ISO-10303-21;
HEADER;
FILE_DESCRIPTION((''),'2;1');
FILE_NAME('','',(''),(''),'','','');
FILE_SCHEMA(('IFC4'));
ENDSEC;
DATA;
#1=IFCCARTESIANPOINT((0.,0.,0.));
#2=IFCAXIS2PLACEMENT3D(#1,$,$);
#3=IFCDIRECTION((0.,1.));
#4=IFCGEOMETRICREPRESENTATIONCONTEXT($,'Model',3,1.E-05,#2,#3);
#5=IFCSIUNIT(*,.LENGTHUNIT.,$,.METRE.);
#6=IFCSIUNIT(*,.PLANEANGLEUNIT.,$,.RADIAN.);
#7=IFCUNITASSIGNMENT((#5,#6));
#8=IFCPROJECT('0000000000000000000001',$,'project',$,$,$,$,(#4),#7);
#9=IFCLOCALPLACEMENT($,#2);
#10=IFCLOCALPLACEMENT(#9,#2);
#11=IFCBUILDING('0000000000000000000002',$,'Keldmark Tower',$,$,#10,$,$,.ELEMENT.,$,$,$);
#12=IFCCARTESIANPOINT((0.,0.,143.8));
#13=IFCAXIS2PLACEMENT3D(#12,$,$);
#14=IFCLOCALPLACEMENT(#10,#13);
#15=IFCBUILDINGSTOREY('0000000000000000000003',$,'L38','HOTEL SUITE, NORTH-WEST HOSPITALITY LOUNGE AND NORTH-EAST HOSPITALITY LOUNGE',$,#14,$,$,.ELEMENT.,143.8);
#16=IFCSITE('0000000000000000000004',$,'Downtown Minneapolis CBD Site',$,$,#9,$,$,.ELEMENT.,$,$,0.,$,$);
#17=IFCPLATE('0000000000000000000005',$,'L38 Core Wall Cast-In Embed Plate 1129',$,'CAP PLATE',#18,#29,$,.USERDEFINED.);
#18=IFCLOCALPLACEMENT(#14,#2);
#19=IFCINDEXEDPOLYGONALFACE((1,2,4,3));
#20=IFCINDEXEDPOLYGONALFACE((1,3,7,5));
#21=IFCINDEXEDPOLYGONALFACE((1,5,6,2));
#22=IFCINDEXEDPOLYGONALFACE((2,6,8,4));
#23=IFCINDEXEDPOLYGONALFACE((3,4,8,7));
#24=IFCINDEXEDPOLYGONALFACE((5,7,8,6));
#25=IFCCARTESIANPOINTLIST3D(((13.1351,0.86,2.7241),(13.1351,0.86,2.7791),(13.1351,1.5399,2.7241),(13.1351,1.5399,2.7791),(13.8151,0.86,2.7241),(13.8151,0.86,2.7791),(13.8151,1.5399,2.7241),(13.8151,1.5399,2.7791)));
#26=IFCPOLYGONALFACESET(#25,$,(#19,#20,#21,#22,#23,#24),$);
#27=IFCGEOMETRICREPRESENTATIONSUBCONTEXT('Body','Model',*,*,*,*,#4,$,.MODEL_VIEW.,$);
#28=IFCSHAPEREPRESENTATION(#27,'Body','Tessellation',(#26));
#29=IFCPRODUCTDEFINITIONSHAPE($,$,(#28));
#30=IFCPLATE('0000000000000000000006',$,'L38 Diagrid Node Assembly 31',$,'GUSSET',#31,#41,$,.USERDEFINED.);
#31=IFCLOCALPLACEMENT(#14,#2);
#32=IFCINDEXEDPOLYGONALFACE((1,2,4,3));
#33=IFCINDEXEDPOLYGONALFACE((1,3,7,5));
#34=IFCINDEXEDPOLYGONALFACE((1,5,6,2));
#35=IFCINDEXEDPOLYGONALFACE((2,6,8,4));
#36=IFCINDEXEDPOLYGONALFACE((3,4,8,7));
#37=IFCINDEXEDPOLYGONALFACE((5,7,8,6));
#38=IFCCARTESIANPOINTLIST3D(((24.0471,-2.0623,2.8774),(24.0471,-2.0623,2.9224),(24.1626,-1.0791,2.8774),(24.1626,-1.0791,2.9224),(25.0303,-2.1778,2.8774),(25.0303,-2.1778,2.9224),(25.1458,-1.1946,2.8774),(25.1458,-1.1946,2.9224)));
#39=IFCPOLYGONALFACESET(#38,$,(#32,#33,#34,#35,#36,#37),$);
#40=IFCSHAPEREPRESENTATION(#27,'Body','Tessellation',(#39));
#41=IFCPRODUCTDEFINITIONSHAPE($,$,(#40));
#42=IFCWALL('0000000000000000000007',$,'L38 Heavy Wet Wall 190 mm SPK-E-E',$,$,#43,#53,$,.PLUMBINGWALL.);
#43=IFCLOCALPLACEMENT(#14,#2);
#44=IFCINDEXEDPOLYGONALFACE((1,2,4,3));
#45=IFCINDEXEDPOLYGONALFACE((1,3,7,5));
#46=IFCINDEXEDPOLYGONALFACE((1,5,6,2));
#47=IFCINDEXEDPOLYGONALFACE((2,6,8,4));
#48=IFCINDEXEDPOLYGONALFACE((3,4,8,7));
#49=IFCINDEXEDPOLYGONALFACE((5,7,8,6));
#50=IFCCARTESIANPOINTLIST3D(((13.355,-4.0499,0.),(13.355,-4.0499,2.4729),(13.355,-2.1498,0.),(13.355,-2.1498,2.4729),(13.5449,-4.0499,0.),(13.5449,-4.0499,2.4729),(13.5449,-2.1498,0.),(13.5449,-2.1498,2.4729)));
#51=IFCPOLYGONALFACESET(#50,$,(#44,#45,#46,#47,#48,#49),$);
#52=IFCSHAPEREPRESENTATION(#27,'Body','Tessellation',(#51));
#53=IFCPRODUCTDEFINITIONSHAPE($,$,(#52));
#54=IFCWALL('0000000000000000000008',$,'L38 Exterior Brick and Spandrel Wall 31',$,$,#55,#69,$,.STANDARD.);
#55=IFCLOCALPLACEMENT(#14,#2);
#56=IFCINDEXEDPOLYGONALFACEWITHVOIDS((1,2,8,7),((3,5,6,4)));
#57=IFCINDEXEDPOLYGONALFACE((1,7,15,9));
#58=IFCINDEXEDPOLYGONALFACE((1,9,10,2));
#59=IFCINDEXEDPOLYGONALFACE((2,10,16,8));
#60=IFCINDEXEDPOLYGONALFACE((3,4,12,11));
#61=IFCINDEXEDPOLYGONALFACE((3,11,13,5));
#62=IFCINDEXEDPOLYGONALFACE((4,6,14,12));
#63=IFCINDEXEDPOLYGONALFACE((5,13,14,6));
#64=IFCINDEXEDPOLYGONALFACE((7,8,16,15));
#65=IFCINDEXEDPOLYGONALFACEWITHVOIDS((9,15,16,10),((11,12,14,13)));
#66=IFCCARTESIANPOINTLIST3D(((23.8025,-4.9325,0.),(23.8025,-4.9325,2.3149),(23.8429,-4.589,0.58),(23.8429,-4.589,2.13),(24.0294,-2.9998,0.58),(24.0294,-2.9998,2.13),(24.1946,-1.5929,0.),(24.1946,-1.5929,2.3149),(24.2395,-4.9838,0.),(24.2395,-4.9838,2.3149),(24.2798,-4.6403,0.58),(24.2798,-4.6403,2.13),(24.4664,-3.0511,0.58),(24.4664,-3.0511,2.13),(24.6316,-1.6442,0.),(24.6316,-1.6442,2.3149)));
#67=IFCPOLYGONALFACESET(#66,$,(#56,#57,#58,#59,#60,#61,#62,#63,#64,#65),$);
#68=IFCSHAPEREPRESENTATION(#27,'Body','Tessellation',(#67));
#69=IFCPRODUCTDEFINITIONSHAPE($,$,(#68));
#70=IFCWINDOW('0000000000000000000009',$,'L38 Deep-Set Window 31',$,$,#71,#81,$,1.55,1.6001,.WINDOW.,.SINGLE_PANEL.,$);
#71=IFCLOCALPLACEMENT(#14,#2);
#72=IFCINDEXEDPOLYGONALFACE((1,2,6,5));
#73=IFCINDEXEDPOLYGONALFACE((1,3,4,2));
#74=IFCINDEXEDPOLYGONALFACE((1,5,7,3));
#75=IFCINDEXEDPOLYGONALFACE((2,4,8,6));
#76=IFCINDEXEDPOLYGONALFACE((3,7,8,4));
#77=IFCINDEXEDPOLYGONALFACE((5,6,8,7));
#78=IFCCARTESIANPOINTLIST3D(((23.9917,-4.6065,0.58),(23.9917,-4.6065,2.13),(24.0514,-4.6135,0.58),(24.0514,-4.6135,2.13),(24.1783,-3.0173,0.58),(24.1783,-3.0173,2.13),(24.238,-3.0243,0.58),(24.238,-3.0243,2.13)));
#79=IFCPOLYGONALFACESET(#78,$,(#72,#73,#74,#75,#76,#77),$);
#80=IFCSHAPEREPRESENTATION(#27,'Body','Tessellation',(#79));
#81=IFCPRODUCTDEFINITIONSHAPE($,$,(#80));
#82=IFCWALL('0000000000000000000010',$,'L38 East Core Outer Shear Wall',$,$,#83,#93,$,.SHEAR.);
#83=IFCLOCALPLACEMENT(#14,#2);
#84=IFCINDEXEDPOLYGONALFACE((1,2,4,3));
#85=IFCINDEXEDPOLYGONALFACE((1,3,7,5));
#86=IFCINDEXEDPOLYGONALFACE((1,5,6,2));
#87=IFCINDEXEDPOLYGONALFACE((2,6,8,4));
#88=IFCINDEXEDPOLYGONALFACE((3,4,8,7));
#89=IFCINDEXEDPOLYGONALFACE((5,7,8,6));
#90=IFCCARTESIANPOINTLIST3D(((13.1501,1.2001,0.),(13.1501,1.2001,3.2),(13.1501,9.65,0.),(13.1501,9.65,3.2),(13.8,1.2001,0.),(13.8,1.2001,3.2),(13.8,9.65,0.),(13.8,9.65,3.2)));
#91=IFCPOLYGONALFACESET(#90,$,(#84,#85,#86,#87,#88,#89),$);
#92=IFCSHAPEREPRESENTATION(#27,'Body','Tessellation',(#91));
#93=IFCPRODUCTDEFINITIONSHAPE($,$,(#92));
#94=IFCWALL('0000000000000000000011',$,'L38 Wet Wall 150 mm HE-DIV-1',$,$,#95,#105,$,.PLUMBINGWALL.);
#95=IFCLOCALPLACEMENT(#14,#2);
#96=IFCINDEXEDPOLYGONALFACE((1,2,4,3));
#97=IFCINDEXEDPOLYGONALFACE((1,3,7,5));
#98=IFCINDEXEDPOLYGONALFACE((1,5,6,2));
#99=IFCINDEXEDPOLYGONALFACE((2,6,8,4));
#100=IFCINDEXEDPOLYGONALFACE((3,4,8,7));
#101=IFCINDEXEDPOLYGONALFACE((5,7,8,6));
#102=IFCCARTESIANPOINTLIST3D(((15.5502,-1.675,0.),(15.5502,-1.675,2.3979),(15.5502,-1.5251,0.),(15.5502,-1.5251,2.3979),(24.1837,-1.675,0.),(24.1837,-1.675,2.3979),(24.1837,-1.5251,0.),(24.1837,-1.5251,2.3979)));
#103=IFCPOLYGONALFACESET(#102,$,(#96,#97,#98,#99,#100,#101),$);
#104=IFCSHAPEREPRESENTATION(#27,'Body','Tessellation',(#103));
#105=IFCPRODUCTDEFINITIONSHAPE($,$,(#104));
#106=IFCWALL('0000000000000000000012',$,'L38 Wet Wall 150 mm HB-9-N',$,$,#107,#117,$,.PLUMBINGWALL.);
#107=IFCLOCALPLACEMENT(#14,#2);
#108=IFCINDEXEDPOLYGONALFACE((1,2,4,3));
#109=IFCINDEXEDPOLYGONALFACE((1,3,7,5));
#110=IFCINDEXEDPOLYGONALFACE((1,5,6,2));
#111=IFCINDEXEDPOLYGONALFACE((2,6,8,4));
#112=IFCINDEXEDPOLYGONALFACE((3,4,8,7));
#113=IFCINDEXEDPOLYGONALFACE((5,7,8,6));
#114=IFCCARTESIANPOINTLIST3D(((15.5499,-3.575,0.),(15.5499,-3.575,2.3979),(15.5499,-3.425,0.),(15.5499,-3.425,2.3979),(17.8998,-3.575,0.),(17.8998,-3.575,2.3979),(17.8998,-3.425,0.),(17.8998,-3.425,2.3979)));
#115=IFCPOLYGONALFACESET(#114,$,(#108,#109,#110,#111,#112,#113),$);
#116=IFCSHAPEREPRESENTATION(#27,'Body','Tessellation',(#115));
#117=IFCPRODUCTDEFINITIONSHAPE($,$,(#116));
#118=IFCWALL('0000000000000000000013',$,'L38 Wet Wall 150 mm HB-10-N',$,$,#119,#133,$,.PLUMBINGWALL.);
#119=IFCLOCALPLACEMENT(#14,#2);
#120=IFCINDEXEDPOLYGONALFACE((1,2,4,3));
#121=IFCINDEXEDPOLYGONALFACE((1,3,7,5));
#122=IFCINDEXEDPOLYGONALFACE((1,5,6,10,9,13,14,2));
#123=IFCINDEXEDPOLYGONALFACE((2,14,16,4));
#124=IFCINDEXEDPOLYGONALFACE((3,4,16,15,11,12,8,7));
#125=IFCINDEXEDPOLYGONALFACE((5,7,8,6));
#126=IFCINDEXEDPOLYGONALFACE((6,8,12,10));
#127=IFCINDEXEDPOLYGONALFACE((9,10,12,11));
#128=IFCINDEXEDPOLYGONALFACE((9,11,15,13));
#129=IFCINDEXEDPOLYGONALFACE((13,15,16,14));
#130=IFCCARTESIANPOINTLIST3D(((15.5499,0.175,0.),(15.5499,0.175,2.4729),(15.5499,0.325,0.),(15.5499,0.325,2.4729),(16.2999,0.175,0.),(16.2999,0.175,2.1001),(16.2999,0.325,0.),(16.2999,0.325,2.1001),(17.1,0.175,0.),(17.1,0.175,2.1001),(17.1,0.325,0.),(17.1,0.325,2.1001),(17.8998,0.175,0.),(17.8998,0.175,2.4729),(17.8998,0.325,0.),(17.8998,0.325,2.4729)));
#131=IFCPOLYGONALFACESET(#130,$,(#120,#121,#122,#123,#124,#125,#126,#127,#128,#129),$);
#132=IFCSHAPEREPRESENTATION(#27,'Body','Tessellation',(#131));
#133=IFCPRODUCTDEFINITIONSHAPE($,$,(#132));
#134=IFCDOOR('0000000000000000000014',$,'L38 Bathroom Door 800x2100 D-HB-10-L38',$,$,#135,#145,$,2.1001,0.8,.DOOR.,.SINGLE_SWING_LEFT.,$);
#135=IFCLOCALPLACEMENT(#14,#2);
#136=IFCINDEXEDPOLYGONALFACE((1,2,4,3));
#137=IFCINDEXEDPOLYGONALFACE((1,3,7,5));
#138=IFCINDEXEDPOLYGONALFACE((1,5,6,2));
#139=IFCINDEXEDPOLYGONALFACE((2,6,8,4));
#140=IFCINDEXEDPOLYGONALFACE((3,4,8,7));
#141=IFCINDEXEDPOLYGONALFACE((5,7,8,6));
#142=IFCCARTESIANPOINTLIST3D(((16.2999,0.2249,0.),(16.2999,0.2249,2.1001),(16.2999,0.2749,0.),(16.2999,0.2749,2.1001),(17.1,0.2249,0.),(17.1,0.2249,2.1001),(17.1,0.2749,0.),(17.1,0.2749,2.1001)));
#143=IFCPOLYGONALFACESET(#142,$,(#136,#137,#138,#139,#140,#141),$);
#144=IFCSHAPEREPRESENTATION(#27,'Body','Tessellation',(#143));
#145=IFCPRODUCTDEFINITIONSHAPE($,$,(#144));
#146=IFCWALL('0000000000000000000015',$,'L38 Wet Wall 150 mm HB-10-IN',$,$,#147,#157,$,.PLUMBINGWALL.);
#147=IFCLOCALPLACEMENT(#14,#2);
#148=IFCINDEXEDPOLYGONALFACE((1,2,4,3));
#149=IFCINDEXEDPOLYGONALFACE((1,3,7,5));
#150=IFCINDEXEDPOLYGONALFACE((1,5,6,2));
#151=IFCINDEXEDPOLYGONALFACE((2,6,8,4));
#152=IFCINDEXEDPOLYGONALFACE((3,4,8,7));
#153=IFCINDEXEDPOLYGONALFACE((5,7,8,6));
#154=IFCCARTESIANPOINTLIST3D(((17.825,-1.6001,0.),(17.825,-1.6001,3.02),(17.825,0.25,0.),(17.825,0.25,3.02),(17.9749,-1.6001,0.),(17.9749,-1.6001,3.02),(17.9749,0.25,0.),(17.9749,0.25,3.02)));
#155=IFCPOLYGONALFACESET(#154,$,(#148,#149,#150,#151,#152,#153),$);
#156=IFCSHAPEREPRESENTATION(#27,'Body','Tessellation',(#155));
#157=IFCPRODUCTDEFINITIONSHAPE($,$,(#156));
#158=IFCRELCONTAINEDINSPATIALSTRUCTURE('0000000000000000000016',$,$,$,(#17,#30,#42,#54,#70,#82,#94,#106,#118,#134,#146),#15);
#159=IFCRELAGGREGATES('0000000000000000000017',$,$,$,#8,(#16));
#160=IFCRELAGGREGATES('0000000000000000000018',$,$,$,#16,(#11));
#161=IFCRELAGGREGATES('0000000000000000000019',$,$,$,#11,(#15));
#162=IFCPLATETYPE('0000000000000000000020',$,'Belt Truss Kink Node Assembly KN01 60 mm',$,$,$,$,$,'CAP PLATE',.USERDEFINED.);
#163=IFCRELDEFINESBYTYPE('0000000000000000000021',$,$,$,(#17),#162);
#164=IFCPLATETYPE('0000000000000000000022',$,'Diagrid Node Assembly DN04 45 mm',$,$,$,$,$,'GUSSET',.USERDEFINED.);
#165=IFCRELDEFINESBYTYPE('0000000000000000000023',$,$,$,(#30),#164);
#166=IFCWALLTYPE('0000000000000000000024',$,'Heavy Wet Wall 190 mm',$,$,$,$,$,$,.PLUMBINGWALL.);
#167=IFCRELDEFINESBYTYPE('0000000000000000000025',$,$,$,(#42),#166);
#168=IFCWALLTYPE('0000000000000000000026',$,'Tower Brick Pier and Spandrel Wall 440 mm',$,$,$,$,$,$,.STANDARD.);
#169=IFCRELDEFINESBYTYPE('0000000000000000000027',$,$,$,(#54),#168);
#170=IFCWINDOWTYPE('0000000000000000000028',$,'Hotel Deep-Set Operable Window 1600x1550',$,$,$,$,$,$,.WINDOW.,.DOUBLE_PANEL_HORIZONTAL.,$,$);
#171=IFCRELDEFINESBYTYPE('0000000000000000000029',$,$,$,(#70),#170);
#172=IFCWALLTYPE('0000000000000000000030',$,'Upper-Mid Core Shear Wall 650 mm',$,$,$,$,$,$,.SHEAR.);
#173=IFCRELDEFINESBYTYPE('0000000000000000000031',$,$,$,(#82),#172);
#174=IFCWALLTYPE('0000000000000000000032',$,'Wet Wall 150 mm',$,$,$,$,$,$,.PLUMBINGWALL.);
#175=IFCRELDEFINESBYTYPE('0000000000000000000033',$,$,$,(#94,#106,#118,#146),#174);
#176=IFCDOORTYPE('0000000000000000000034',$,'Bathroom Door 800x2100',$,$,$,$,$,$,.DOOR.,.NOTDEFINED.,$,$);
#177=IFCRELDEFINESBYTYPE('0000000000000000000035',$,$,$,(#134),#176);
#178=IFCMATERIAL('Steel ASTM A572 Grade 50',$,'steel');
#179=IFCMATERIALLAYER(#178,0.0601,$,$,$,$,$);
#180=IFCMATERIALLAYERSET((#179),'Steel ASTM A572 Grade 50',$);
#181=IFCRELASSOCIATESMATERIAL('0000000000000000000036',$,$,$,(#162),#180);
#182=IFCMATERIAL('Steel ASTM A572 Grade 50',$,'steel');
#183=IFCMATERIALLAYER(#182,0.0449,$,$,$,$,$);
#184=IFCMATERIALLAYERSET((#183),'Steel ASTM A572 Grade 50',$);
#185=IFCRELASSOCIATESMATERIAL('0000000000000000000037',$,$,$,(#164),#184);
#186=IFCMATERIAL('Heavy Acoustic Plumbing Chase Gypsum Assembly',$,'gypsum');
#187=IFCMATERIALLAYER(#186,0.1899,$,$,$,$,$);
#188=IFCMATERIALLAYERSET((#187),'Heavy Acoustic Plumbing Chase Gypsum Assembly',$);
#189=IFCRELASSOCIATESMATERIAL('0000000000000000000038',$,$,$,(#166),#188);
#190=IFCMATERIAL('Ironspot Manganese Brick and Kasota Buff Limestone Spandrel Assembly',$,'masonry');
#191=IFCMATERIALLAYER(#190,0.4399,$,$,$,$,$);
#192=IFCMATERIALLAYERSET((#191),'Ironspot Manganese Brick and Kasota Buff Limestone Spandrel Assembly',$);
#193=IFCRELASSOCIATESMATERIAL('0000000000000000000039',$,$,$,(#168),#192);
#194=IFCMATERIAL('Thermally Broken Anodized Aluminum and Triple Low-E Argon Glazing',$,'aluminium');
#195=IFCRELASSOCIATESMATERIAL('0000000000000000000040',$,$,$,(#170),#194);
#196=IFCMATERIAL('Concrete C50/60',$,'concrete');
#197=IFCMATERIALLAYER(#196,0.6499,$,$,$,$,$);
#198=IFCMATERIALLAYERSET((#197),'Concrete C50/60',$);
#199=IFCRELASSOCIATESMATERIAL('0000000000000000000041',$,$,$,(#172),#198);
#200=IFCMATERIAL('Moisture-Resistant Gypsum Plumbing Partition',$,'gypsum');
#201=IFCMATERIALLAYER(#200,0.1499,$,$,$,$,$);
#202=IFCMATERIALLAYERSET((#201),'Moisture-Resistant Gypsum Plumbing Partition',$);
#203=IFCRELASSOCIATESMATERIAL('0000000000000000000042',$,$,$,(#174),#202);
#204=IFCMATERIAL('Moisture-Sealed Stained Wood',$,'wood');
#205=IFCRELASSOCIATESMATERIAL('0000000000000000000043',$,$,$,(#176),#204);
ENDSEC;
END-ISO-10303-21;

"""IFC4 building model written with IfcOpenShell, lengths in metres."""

from ifc_helpers import new_model, si_unit, direction, frame, frame_2d, origin, origin_2d, place, context, subcontext, project, spatial, rectangle, extrude, material, layer, layer_set, type_object, element, fill, save


model = new_model("IFC4")

# Units and contexts
model_context = context("Model", 3, precision=1e-05, world=origin(), true_north=direction((0.0, 1.0)))
body_context = subcontext(model_context, "Body", "Model", "MODEL_VIEW")
ifc_project = project(units=[si_unit("LENGTHUNIT", "METRE"), si_unit("PLANEANGLEUNIT", "RADIAN")], contexts=[model_context])

# Site, building, storey
site_placement = place(None, origin())
site = spatial("IfcSite", under=ifc_project, at=site_placement, Name="Downtown Minneapolis CBD Site", CompositionType="ELEMENT", RefElevation=0.0)
building_placement = place(site_placement, origin())
building = spatial("IfcBuilding", under=site, at=building_placement, Name="Keldmark Tower", CompositionType="ELEMENT")
storey_placement = place(building_placement, frame((0.0, 0.0, 143.8)))
storey = spatial("IfcBuildingStorey", under=building, at=storey_placement, Name="L38", Description="HOTEL SUITE, NORTH-WEST HOSPITALITY LOUNGE AND NORTH-EAST HOSPITALITY LOUNGE", CompositionType="ELEMENT", Elevation=143.8)

# Plates
ifc_material_1 = material(Name="Steel ASTM A572 Grade 50", Category="steel")
ifc_layer_1 = layer(ifc_material_1, 0.0601)
ifc_layer_set_1 = layer_set([ifc_layer_1], Name="Steel ASTM A572 Grade 50")
plate_type_1 = type_object("IfcPlateType", Name="Belt Truss Kink Node Assembly KN01 60 mm", ElementType="CAP PLATE", PredefinedType="USERDEFINED", material=ifc_layer_set_1)
for number, where, z_axis, x_axis, name in (
    (1, (13.4751, 1.2, 2.7241), (0.0, 0.0, 1.0), (1.0, 0.0, 0.0), "L38 Core Wall Cast-In Embed Plate 1129"),
):
    element("IfcPlate", number, at=place(storey_placement, frame(where, z_axis=z_axis, x_axis=x_axis)), inside=storey, type_object=plate_type_1, Name=name, ObjectType="CAP PLATE", PredefinedType="USERDEFINED", context=body_context, shape_type="SweptSolid", body=[
        extrude(rectangle(XDim=0.6799, YDim=0.6799, at=origin_2d()), origin(), (0.0, 0.0, 1.0), 0.0549),
    ])
ifc_material_2 = material(Name="Steel ASTM A572 Grade 50", Category="steel")
ifc_layer_2 = layer(ifc_material_2, 0.0449)
ifc_layer_set_2 = layer_set([ifc_layer_2], Name="Steel ASTM A572 Grade 50")
plate_type_2 = type_object("IfcPlateType", Name="Diagrid Node Assembly DN04 45 mm", ElementType="GUSSET", PredefinedType="USERDEFINED", material=ifc_layer_set_2)
plate_placement = place(storey_placement, frame((24.5964, -1.6284, 2.8774), z_axis=(0.0, 0.0, 1.0), x_axis=(0.116671, 0.993171, 0.0)))
element("IfcPlate", 2, at=plate_placement, inside=storey, type_object=plate_type_2, Name="L38 Diagrid Node Assembly 31", ObjectType="GUSSET", PredefinedType="USERDEFINED", context=body_context, shape_type="SweptSolid", body=[
    extrude(rectangle(XDim=0.99, YDim=0.99, at=origin_2d()), origin(), (0.0, 0.0, 1.0), 0.0449),
])

# Wall
ifc_material_3 = material(Name="Heavy Acoustic Plumbing Chase Gypsum Assembly", Category="gypsum")
ifc_layer_3 = layer(ifc_material_3, 0.1899)
ifc_layer_set_3 = layer_set([ifc_layer_3], Name="Heavy Acoustic Plumbing Chase Gypsum Assembly")
wall_type_1 = type_object("IfcWallType", Name="Heavy Wet Wall 190 mm", PredefinedType="PLUMBINGWALL", material=ifc_layer_set_3)
wall_1_placement = place(storey_placement, frame((13.45, -4.05, 0.0), z_axis=(0.0, 0.0, 1.0), x_axis=(0.0, 1.0, 0.0)))
element("IfcWall", 3, at=wall_1_placement, inside=storey, type_object=wall_type_1, Name="L38 Heavy Wet Wall 190 mm SPK-E-E", PredefinedType="PLUMBINGWALL", context=body_context, shape_type="SweptSolid", body=[
    extrude(rectangle(XDim=1.9001, YDim=0.1899, at=frame_2d((0.9502, 0.0))), origin(), (0.0, 0.0, 1.0), 2.4729),
])

# Wall, opening, window
ifc_material_4 = material(Name="Ironspot Manganese Brick and Kasota Buff Limestone Spandrel Assembly", Category="masonry")
ifc_layer_4 = layer(ifc_material_4, 0.4399)
ifc_layer_set_4 = layer_set([ifc_layer_4], Name="Ironspot Manganese Brick and Kasota Buff Limestone Spandrel Assembly")
wall_type_2 = type_object("IfcWallType", Name="Tower Brick Pier and Spandrel Wall 440 mm", PredefinedType="STANDARD", material=ifc_layer_set_4)
wall_2_placement = place(storey_placement, frame((24.4131, -1.6187, 0.0), z_axis=(0.0, 0.0, 1.0), x_axis=(-0.116605, -0.993178, 0.0)))
wall_2 = element("IfcWall", 4, at=wall_2_placement, inside=storey, type_object=wall_type_2, Name="L38 Exterior Brick and Spandrel Wall 31", PredefinedType="STANDARD", context=body_context, shape_type="SweptSolid", body=[
    extrude(rectangle(XDim=3.3625, YDim=0.4399, at=frame_2d((1.6812, 0.0))), origin(), (0.0, 0.0, 1.0), 2.3149),
])
opening_1_placement = place(wall_2_placement, frame((1.4165, 0.0, 0.5801)))
opening_1 = element("IfcOpeningElement", 5, at=opening_1_placement, cuts=wall_2, PredefinedType="OPENING", context=body_context, shape_type="SweptSolid", body=[
    extrude(rectangle(XDim=1.6001, YDim=1.55, at=frame_2d((0.8, 0.7749))), frame((0.0, 0.23, 0.0), z_axis=(0.0, -1.0, 0.0), x_axis=(1.0, 0.0, 0.0)), (0.0, 0.0, 1.0), 0.46),
])
ifc_material_5 = material(Name="Thermally Broken Anodized Aluminum and Triple Low-E Argon Glazing", Category="aluminium")
window_type = type_object("IfcWindowType", Name="Hotel Deep-Set Operable Window 1600x1550", PartitioningType="DOUBLE_PANEL_HORIZONTAL", PredefinedType="WINDOW", material=ifc_material_5)
window_placement = place(opening_1_placement, origin())
window = element("IfcWindow", 6, at=window_placement, inside=storey, type_object=window_type, Name="L38 Deep-Set Window 31", OverallHeight=1.55, OverallWidth=1.6001, PartitioningType="SINGLE_PANEL", PredefinedType="WINDOW", context=body_context, shape_type="SweptSolid", body=[
    extrude(rectangle(XDim=1.6001, YDim=1.55, at=frame_2d((0.8, 0.7749))), frame((0.0, -0.01, 0.0), z_axis=(0.0, -1.0, 0.0), x_axis=(1.0, 0.0, 0.0)), (0.0, 0.0, 1.0), 0.0601),
])
fill(opening_1, window)

# Wall
ifc_material_6 = material(Name="Concrete C50/60", Category="concrete")
ifc_layer_5 = layer(ifc_material_6, 0.6499)
ifc_layer_set_5 = layer_set([ifc_layer_5], Name="Concrete C50/60")
wall_type_3 = type_object("IfcWallType", Name="Upper-Mid Core Shear Wall 650 mm", PredefinedType="SHEAR", material=ifc_layer_set_5)
wall_3_placement = place(storey_placement, frame((13.4751, 1.2, 0.0), z_axis=(0.0, 0.0, 1.0), x_axis=(0.0, 1.0, 0.0)))
element("IfcWall", 7, at=wall_3_placement, inside=storey, type_object=wall_type_3, Name="L38 East Core Outer Shear Wall", PredefinedType="SHEAR", context=body_context, shape_type="SweptSolid", body=[
    extrude(rectangle(XDim=8.45, YDim=0.6499, at=frame_2d((4.2251, 0.0))), origin(), (0.0, 0.0, 1.0), 3.2),
])

# Walls
ifc_material_7 = material(Name="Moisture-Resistant Gypsum Plumbing Partition", Category="gypsum")
ifc_layer_6 = layer(ifc_material_7, 0.1499)
ifc_layer_set_6 = layer_set([ifc_layer_6], Name="Moisture-Resistant Gypsum Plumbing Partition")
wall_type_4 = type_object("IfcWallType", Name="Wet Wall 150 mm", PredefinedType="PLUMBINGWALL", material=ifc_layer_set_6)
wall_4_placement = place(storey_placement, frame((15.55, -1.6001, 0.0), z_axis=(0.0, 0.0, 1.0), x_axis=(1.0, 0.0, 0.0)))
element("IfcWall", 8, at=wall_4_placement, inside=storey, type_object=wall_type_4, Name="L38 Wet Wall 150 mm HE-DIV-1", PredefinedType="PLUMBINGWALL", context=body_context, shape_type="SweptSolid", body=[
    extrude(rectangle(XDim=8.6335, YDim=0.1499, at=frame_2d((4.3169, 0.0))), origin(), (0.0, 0.0, 1.0), 2.3979),
])
wall_5_placement = place(storey_placement, frame((15.55, -3.5, 0.0), z_axis=(0.0, 0.0, 1.0), x_axis=(1.0, 0.0, 0.0)))
element("IfcWall", 9, at=wall_5_placement, inside=storey, type_object=wall_type_4, Name="L38 Wet Wall 150 mm HB-9-N", PredefinedType="PLUMBINGWALL", context=body_context, shape_type="SweptSolid", body=[
    extrude(rectangle(XDim=2.3499, YDim=0.1499, at=frame_2d((1.1748, 0.0))), origin(), (0.0, 0.0, 1.0), 2.3979),
])

# Wall, opening, door
wall_6_placement = place(storey_placement, frame((15.55, 0.25, 0.0), z_axis=(0.0, 0.0, 1.0), x_axis=(1.0, 0.0, 0.0)))
wall_6 = element("IfcWall", 10, at=wall_6_placement, inside=storey, type_object=wall_type_4, Name="L38 Wet Wall 150 mm HB-10-N", PredefinedType="PLUMBINGWALL", context=body_context, shape_type="SweptSolid", body=[
    extrude(rectangle(XDim=2.3499, YDim=0.1499, at=frame_2d((1.1748, 0.0))), origin(), (0.0, 0.0, 1.0), 2.4729),
])
opening_2_placement = place(wall_6_placement, frame((0.75, 0.0, 0.0)))
opening_2 = element("IfcOpeningElement", 11, at=opening_2_placement, cuts=wall_6, PredefinedType="OPENING", context=body_context, shape_type="SweptSolid", body=[
    extrude(rectangle(XDim=0.8, YDim=2.1001, at=frame_2d((0.3999, 1.05))), frame((0.0, 0.085, 0.0), z_axis=(0.0, -1.0, 0.0), x_axis=(1.0, 0.0, 0.0)), (0.0, 0.0, 1.0), 0.1699),
])
ifc_material_8 = material(Name="Moisture-Sealed Stained Wood", Category="wood")
door_type_1 = type_object("IfcDoorType", Name="Bathroom Door 800x2100", OperationType="NOTDEFINED", PredefinedType="DOOR", material=ifc_material_8)
door_1_placement = place(opening_2_placement, origin())
door_1 = element("IfcDoor", 12, at=door_1_placement, inside=storey, type_object=door_type_1, Name="L38 Bathroom Door 800x2100 D-HB-10-L38", OperationType="SINGLE_SWING_LEFT", OverallHeight=2.1001, OverallWidth=0.8, PredefinedType="DOOR", context=body_context, shape_type="SweptSolid", body=[
    extrude(rectangle(XDim=0.8, YDim=2.1001, at=frame_2d((0.3999, 1.05))), frame((0.0, 0.0249, 0.0), z_axis=(0.0, -1.0, 0.0), x_axis=(1.0, 0.0, 0.0)), (0.0, 0.0, 1.0), 0.05),
])
fill(opening_2, door_1)

# Wall
wall_7_placement = place(storey_placement, frame((17.8999, -1.6001, 0.0), z_axis=(0.0, 0.0, 1.0), x_axis=(0.0, 1.0, 0.0)))
element("IfcWall", 13, at=wall_7_placement, inside=storey, type_object=wall_type_4, Name="L38 Wet Wall 150 mm HB-10-IN", PredefinedType="PLUMBINGWALL", context=body_context, shape_type="SweptSolid", body=[
    extrude(rectangle(XDim=1.8501, YDim=0.1499, at=frame_2d((0.925, 0.0))), origin(), (0.0, 0.0, 1.0), 3.02),
])

save(model, "model.ifc")
